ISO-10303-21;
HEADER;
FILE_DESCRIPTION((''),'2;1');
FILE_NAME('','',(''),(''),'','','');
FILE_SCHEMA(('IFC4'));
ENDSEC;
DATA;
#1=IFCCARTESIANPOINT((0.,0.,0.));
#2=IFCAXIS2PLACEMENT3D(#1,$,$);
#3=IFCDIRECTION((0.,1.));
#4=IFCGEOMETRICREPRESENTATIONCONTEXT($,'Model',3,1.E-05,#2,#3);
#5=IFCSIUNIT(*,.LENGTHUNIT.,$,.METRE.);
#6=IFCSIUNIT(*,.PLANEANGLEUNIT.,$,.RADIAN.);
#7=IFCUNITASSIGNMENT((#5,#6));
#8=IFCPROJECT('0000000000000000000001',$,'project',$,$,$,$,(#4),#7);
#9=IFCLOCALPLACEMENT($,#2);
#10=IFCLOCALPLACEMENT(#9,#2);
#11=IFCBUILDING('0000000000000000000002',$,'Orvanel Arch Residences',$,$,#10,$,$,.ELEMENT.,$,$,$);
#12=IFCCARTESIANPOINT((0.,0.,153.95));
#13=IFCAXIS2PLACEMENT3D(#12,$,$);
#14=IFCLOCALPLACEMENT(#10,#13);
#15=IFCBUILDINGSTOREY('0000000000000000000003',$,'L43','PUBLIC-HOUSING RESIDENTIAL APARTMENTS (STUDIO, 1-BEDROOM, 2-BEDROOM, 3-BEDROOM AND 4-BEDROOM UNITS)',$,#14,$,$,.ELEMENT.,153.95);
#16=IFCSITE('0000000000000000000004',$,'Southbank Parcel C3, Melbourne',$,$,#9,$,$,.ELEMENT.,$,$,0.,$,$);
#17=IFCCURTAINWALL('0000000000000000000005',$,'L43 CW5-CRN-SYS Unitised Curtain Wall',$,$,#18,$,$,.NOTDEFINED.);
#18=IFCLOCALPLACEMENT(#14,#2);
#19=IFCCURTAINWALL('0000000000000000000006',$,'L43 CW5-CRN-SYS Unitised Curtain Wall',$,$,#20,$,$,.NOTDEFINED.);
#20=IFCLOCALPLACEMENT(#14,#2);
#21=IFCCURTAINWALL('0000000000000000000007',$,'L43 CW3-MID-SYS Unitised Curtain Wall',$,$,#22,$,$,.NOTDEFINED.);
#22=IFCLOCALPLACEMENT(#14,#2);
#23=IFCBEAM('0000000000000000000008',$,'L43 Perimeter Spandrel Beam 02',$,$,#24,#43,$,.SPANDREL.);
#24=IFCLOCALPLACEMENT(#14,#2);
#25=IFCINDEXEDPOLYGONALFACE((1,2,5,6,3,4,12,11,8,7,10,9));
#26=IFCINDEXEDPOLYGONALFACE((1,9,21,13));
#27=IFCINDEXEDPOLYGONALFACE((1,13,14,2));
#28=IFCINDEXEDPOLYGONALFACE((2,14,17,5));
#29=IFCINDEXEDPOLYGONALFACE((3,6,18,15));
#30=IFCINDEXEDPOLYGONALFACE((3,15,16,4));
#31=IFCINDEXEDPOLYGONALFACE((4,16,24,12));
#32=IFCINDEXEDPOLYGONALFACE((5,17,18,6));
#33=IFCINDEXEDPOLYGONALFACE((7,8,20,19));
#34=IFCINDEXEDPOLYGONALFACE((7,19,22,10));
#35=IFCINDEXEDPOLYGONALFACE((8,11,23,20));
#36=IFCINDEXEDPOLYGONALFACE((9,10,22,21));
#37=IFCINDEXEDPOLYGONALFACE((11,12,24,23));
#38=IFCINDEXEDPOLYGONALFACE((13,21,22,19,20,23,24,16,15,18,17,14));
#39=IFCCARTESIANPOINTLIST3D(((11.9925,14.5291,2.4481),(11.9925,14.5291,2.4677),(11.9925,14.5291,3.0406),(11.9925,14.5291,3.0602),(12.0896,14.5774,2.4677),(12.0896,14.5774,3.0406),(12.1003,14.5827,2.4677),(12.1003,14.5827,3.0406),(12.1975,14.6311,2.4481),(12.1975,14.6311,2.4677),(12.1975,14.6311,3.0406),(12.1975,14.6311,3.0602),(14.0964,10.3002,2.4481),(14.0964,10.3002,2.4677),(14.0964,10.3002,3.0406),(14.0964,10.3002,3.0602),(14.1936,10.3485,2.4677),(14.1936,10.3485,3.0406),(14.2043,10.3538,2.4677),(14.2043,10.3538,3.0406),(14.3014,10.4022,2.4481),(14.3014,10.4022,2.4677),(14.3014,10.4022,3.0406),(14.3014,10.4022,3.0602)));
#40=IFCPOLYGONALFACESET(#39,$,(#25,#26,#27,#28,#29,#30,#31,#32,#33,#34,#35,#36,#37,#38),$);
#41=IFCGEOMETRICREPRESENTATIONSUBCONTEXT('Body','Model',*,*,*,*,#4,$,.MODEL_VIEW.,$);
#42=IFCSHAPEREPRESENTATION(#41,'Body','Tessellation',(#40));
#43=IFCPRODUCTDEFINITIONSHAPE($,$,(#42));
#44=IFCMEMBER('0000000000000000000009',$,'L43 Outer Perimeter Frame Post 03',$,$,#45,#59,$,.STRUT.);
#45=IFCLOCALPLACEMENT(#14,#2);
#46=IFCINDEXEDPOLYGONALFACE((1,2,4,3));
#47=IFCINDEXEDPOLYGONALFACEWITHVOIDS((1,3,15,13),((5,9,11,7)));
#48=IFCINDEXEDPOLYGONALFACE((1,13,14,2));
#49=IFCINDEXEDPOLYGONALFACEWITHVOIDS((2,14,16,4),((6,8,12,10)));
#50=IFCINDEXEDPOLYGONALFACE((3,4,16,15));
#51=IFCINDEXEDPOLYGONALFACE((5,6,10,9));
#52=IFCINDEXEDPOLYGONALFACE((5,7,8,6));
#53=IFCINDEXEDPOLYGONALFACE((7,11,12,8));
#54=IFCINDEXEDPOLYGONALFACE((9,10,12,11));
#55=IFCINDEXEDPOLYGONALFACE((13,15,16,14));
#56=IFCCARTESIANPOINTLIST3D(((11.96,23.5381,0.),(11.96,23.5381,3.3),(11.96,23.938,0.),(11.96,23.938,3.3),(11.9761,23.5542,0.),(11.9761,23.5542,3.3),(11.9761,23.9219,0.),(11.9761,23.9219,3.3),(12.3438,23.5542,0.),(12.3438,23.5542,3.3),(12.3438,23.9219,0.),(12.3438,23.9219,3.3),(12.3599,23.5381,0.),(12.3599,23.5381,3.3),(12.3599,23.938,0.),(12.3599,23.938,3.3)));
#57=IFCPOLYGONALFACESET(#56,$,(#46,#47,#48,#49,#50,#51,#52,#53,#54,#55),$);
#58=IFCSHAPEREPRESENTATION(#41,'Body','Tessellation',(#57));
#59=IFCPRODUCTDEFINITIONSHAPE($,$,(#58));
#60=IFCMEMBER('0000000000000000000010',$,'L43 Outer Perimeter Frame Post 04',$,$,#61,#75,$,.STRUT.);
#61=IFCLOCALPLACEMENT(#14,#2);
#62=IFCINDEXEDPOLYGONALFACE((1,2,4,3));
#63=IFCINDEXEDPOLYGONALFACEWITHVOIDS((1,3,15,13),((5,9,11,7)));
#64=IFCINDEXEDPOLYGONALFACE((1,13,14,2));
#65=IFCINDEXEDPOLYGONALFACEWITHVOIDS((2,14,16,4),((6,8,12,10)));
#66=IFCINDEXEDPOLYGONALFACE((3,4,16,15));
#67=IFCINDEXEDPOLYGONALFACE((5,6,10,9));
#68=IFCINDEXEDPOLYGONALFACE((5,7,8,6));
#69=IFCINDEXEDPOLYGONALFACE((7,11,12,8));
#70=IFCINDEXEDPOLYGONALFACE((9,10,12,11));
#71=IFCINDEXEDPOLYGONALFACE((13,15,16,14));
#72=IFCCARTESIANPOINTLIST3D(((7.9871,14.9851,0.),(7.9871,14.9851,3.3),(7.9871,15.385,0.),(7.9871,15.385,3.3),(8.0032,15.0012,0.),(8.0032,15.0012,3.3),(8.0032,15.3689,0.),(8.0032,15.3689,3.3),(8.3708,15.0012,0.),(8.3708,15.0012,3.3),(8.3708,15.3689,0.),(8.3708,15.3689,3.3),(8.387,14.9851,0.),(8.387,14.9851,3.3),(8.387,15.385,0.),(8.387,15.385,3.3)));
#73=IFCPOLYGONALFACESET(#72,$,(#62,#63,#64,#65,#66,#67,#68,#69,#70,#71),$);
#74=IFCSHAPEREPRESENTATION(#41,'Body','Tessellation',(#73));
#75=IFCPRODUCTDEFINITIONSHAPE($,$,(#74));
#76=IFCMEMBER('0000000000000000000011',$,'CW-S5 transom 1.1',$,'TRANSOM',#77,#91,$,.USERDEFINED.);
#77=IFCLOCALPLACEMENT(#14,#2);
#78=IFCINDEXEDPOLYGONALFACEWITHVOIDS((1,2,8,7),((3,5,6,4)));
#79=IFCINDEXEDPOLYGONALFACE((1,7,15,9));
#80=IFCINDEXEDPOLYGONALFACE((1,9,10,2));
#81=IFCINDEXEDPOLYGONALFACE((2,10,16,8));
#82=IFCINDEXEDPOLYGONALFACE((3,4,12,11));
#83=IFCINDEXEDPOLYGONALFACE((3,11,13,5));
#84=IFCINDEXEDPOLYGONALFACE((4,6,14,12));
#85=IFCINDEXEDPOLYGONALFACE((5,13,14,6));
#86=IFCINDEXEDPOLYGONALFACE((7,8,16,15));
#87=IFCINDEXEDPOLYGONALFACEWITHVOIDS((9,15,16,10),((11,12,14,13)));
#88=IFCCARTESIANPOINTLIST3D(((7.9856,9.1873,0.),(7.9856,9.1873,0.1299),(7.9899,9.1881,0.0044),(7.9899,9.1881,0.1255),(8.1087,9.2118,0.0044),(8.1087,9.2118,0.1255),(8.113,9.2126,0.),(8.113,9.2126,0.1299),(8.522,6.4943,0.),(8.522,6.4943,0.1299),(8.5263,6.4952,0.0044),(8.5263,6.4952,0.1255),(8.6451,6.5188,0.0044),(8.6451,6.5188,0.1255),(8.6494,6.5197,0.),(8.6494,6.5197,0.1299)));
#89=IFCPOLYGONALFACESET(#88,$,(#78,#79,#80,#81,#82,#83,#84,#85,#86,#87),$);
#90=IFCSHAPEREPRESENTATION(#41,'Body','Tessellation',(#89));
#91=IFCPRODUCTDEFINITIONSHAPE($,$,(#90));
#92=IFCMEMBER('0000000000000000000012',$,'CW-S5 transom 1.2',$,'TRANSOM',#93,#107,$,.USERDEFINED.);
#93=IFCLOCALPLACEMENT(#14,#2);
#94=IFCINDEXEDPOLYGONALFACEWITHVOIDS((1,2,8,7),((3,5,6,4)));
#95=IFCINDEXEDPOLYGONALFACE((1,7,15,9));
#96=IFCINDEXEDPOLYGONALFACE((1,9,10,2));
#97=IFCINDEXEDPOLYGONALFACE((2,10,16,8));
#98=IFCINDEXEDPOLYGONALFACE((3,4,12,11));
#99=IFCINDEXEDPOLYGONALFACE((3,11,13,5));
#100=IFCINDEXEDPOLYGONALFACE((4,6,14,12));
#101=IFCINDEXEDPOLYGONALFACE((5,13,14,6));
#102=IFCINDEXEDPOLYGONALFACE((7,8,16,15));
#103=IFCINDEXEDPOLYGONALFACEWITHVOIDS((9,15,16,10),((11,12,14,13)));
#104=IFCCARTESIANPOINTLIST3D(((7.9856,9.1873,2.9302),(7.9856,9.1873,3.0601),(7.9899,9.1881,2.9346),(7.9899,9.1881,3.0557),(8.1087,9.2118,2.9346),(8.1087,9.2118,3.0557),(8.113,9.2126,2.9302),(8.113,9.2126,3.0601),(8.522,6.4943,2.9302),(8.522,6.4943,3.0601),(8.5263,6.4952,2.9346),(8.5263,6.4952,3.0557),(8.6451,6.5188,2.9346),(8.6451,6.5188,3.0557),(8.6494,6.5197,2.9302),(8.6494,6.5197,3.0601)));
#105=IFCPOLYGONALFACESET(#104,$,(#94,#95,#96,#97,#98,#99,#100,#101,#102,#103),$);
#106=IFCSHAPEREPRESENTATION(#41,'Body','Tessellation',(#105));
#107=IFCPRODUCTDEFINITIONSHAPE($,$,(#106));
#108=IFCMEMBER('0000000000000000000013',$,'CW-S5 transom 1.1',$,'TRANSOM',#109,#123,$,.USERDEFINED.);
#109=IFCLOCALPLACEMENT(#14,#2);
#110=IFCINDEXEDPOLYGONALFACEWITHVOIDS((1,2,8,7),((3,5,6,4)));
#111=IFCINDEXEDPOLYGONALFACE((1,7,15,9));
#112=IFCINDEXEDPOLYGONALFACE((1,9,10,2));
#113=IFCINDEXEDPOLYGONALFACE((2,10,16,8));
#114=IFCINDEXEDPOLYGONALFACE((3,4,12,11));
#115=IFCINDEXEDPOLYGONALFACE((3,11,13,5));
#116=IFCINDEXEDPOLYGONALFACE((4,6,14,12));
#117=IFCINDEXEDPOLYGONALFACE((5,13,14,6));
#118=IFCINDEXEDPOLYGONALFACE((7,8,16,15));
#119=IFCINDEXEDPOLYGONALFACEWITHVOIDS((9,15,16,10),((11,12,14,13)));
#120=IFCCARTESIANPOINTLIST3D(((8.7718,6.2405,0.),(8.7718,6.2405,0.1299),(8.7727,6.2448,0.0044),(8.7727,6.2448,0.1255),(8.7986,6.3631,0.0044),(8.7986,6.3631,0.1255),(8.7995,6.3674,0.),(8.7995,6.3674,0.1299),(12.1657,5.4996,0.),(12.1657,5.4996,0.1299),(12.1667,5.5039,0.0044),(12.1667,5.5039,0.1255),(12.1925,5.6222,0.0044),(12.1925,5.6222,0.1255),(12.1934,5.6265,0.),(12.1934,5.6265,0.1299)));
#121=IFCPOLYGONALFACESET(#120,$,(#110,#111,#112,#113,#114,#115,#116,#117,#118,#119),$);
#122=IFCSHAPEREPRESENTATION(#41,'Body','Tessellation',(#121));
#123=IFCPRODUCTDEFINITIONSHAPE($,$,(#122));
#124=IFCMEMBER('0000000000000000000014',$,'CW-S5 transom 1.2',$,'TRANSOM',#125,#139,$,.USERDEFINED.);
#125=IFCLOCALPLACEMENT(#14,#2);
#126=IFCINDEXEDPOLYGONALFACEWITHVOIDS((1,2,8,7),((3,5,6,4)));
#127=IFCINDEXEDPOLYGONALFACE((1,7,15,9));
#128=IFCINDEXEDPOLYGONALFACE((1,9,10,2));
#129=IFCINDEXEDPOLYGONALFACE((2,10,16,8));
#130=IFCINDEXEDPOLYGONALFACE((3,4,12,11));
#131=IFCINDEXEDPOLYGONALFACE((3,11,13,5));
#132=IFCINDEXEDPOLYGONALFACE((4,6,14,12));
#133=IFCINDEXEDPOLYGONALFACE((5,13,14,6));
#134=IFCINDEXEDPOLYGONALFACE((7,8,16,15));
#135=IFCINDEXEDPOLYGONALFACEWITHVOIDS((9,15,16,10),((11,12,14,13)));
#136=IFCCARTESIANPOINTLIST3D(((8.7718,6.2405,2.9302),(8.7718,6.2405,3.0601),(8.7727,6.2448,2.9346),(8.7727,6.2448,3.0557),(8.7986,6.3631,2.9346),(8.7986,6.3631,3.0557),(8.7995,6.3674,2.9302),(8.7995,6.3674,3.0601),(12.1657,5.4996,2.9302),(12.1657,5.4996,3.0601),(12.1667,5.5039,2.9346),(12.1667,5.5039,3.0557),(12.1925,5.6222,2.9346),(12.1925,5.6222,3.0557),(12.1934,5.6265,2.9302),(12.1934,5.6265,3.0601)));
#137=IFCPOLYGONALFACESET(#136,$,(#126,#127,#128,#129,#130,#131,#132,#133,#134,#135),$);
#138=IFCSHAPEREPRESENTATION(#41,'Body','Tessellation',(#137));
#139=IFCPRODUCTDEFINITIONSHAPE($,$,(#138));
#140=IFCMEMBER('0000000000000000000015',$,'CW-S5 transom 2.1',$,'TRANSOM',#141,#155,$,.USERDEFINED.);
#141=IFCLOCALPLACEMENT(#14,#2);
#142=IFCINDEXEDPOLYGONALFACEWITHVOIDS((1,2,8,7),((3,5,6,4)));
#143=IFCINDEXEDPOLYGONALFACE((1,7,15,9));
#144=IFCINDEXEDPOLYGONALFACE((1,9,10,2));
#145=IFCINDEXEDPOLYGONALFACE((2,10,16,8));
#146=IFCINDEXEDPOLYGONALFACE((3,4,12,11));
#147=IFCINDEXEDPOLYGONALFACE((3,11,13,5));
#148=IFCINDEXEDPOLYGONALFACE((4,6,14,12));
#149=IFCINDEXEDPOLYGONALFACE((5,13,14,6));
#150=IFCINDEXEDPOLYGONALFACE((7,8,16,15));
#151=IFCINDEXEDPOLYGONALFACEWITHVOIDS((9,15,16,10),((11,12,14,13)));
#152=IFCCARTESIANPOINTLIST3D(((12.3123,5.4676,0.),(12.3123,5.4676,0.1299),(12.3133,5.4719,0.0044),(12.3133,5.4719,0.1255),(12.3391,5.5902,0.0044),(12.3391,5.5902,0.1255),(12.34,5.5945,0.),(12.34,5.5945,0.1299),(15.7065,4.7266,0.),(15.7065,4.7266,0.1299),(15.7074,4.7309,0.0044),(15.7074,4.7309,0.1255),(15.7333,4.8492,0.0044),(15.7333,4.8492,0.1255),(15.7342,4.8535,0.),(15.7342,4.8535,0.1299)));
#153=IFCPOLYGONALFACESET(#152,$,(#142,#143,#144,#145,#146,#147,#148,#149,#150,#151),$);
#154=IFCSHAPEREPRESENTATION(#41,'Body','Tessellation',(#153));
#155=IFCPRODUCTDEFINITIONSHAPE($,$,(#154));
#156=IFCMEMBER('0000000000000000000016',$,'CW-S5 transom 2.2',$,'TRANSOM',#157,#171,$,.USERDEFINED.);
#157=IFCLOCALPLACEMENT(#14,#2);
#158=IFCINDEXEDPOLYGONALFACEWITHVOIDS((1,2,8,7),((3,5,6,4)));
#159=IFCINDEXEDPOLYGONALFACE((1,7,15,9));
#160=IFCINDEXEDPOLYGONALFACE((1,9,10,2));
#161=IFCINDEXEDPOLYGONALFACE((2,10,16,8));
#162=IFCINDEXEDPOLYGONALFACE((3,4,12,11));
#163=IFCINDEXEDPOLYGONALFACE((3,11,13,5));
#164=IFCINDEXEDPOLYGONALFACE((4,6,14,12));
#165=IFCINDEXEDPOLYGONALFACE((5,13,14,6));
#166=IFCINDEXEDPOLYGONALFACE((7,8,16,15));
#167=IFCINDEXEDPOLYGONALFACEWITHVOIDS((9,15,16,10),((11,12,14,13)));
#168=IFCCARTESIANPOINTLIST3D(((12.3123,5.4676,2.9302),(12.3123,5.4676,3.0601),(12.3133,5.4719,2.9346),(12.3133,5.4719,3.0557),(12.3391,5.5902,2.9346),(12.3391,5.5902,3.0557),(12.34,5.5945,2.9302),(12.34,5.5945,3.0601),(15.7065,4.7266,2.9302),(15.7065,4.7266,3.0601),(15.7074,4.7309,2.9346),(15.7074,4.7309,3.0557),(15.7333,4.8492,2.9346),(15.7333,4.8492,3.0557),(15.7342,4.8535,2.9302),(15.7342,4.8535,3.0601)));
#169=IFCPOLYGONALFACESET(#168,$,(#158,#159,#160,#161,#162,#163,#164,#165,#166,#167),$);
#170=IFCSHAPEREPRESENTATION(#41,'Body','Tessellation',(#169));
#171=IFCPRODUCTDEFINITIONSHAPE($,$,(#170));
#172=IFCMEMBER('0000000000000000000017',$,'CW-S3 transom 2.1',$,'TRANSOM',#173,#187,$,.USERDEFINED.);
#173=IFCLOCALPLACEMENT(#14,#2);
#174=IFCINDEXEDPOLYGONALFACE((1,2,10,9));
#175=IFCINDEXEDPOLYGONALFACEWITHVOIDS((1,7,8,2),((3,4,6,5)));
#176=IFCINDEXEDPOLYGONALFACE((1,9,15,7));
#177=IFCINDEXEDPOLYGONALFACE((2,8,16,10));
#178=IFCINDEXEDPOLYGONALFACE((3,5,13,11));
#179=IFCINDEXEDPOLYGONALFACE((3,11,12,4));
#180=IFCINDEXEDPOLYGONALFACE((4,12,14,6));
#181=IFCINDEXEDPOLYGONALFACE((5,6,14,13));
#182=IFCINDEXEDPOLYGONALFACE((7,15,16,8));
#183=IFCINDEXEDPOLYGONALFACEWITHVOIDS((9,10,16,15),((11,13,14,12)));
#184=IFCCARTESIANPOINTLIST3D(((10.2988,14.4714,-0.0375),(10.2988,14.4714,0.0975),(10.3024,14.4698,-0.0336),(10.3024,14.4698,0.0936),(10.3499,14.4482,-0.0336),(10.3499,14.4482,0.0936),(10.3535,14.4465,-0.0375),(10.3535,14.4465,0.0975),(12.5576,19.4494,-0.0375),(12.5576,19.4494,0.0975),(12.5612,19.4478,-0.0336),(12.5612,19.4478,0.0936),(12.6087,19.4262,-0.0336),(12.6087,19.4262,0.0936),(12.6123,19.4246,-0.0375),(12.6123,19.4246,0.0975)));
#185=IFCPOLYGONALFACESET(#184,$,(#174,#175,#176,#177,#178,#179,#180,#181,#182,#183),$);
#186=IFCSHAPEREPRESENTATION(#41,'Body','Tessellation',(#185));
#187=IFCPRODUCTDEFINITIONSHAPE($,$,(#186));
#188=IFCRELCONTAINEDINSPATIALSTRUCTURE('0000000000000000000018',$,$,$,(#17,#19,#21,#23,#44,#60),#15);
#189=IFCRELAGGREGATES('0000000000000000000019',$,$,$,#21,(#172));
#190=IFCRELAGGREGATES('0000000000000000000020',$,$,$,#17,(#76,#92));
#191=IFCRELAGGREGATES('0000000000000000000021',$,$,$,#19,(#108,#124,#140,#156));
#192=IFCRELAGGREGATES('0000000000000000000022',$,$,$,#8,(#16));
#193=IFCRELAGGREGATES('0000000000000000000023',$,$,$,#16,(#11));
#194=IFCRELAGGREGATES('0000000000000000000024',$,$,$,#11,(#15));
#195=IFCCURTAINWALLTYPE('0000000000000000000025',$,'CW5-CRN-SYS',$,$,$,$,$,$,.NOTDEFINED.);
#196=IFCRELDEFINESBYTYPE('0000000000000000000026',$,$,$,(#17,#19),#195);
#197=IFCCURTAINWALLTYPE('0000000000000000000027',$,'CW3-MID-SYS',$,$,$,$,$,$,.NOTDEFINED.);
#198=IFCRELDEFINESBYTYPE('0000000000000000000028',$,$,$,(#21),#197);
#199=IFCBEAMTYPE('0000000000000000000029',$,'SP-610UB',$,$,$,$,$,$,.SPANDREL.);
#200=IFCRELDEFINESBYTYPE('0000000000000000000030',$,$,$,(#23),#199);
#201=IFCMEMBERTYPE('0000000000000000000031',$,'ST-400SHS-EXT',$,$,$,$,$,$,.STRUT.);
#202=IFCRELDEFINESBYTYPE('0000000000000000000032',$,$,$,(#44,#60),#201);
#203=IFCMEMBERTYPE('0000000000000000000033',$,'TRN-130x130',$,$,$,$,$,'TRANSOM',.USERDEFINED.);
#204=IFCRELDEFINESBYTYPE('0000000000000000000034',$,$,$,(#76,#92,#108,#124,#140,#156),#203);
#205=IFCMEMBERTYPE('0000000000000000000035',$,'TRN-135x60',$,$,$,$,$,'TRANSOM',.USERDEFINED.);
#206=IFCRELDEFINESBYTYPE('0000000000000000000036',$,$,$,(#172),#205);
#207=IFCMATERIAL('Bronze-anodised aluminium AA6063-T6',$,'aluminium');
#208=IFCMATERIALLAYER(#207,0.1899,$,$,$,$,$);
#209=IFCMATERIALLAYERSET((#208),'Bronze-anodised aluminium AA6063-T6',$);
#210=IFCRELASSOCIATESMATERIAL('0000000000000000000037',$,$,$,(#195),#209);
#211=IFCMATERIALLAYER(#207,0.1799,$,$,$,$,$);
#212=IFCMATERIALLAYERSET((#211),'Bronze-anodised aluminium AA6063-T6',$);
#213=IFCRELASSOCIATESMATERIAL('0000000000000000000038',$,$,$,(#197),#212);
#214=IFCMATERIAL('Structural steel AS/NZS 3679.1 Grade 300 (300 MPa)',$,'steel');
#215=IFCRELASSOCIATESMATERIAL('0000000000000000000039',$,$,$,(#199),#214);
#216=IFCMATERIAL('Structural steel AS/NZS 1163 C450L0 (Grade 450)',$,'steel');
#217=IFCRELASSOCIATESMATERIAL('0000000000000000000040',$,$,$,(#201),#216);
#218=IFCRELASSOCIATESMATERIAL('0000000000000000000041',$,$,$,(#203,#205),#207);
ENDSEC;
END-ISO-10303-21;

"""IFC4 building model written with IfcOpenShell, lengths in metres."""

from ifc_helpers import new_model, si_unit, direction, frame, origin, origin_2d, place, context, subcontext, project, spatial, hollow_rectangle, i_section, extrude, material, layer, layer_set, material_profile, profile_set, type_object, element, aggregate, save


model = new_model("IFC4")

# Units and contexts
model_context = context("Model", 3, precision=1e-05, world=origin(), true_north=direction((0.0, 1.0)))
body_context = subcontext(model_context, "Body", "Model", "MODEL_VIEW")
ifc_project = project(units=[si_unit("LENGTHUNIT", "METRE"), si_unit("PLANEANGLEUNIT", "RADIAN")], contexts=[model_context])

# Site, building, storey
site_placement = place(None, origin())
site = spatial("IfcSite", under=ifc_project, at=site_placement, Name="Southbank Parcel C3, Melbourne", CompositionType="ELEMENT", RefElevation=0.0)
building_placement = place(site_placement, origin())
building = spatial("IfcBuilding", under=site, at=building_placement, Name="Orvanel Arch Residences", CompositionType="ELEMENT")
storey_placement = place(building_placement, frame((0.0, 0.0, 153.95)))
storey = spatial("IfcBuildingStorey", under=building, at=storey_placement, Name="L43", Description="PUBLIC-HOUSING RESIDENTIAL APARTMENTS (STUDIO, 1-BEDROOM, 2-BEDROOM, 3-BEDROOM AND 4-BEDROOM UNITS)", CompositionType="ELEMENT", Elevation=153.95)

# Curtain walls
ifc_material_1 = material(Name="Bronze-anodised aluminium AA6063-T6", Category="aluminium")
ifc_layer_1 = layer(ifc_material_1, 0.1899)
ifc_layer_set_1 = layer_set([ifc_layer_1], Name="Bronze-anodised aluminium AA6063-T6")
curtain_wall_type_1 = type_object("IfcCurtainWallType", Name="CW5-CRN-SYS", PredefinedType="NOTDEFINED", material=ifc_layer_set_1)
curtain_wall_1_placement = place(storey_placement, origin())
curtain_wall_1 = element("IfcCurtainWall", 1, at=curtain_wall_1_placement, inside=storey, type_object=curtain_wall_type_1, Name="L43 CW5-CRN-SYS Unitised Curtain Wall", PredefinedType="NOTDEFINED")
curtain_wall_2_placement = place(storey_placement, origin())
curtain_wall_2 = element("IfcCurtainWall", 2, at=curtain_wall_2_placement, inside=storey, type_object=curtain_wall_type_1, Name="L43 CW5-CRN-SYS Unitised Curtain Wall", PredefinedType="NOTDEFINED")
ifc_layer_2 = layer(ifc_material_1, 0.1799)
ifc_layer_set_2 = layer_set([ifc_layer_2], Name="Bronze-anodised aluminium AA6063-T6")
curtain_wall_type_2 = type_object("IfcCurtainWallType", Name="CW3-MID-SYS", PredefinedType="NOTDEFINED", material=ifc_layer_set_2)
curtain_wall_3_placement = place(storey_placement, origin())
curtain_wall_3 = element("IfcCurtainWall", 3, at=curtain_wall_3_placement, inside=storey, type_object=curtain_wall_type_2, Name="L43 CW3-MID-SYS Unitised Curtain Wall", PredefinedType="NOTDEFINED")

# Beam
ifc_material_2 = material(Name="Structural steel AS/NZS 3679.1 Grade 300 (300 MPa)", Category="steel")
ifc_material_profile_1 = material_profile(ifc_material_2, i_section(OverallWidth=0.229, OverallDepth=0.6121, WebThickness=0.012, FlangeThickness=0.0195, at=origin_2d()), Name="610UB125")
ifc_profile_set_1 = profile_set([ifc_material_profile_1], Name="Structural steel AS/NZS 3679.1 Grade 300 (300 MPa)")
beam_type_1 = type_object("IfcBeamType", Name="SP-610UB", PredefinedType="SPANDREL", material=ifc_profile_set_1)
beam_1_placement = place(storey_placement, frame((12.095, 14.5801, 2.7542), z_axis=(0.445435, -0.895314, 0.0), x_axis=(0.895314, 0.445435, 0.0)))
element("IfcBeam", 4, at=beam_1_placement, inside=storey, type_object=beam_type_1, Name="L43 Perimeter Spandrel Beam 02", PredefinedType="SPANDREL", context=body_context, shape_type="SweptSolid", body=[
    extrude(i_section(OverallWidth=0.229, OverallDepth=0.6121, WebThickness=0.012, FlangeThickness=0.0195, at=origin_2d()), origin(), (0.0, 0.0, 1.0), 4.7234),
])

# Members
ifc_material_3 = material(Name="Structural steel AS/NZS 1163 C450L0 (Grade 450)", Category="steel")
ifc_material_profile_2 = material_profile(ifc_material_3, hollow_rectangle(XDim=0.3999, YDim=0.3999, WallThickness=0.0161, at=origin_2d()), Name="SHS400x400x16")
ifc_profile_set_2 = profile_set([ifc_material_profile_2], Name="Structural steel AS/NZS 1163 C450L0 (Grade 450)")
member_type_1 = type_object("IfcMemberType", Name="ST-400SHS-EXT", PredefinedType="STRUT", material=ifc_profile_set_2)
for number, where, z_axis, x_axis, name in (
    (5, (12.1599, 23.738, 0.0), (0.0, 0.0, 1.0), (1.0, 0.0, 0.0), "L43 Outer Perimeter Frame Post 03"),
    (6, (8.187, 15.1851, 0.0), (0.0, 0.0, 1.0), (1.0, 0.0, 0.0), "L43 Outer Perimeter Frame Post 04"),
):
    element("IfcMember", number, at=place(storey_placement, frame(where, z_axis=z_axis, x_axis=x_axis)), inside=storey, type_object=member_type_1, Name=name, PredefinedType="STRUT", context=body_context, shape_type="SweptSolid", body=[
        extrude(hollow_rectangle(XDim=0.3999, YDim=0.3999, WallThickness=0.0161, at=origin_2d()), origin(), (0.0, 0.0, 1.0), 3.3),
    ])

# Members
ifc_material_profile_3 = material_profile(ifc_material_1, hollow_rectangle(XDim=0.1299, YDim=0.1299, WallThickness=0.0044, at=origin_2d()), Name="ALU130x130x4.5")
ifc_profile_set_3 = profile_set([ifc_material_profile_3], Name="Bronze-anodised aluminium AA6063-T6")
member_type_2 = type_object("IfcMemberType", Name="TRN-130x130", ElementType="TRANSOM", PredefinedType="USERDEFINED", material=ifc_profile_set_3)
member_1_placement = place(storey_placement, frame((8.0493, 9.2, 0.0649), z_axis=(0.195347, -0.980734, 0.0), x_axis=(0.980734, 0.195347, 0.0)))
member_1 = element("IfcMember", 7, at=member_1_placement, type_object=member_type_2, Name="CW-S5 transom 1.1", ObjectType="TRANSOM", PredefinedType="USERDEFINED", context=body_context, shape_type="SweptSolid", body=[
    extrude(hollow_rectangle(XDim=0.1299, YDim=0.1299, WallThickness=0.0044, at=origin_2d()), origin(), (0.0, 0.0, 1.0), 2.7458),
])
member_2_placement = place(storey_placement, frame((8.0493, 9.2, 2.9951), z_axis=(0.195347, -0.980734, 0.0), x_axis=(0.980734, 0.195347, 0.0)))
member_2 = element("IfcMember", 8, at=member_2_placement, type_object=member_type_2, Name="CW-S5 transom 1.2", ObjectType="TRANSOM", PredefinedType="USERDEFINED", context=body_context, shape_type="SweptSolid", body=[
    extrude(hollow_rectangle(XDim=0.1299, YDim=0.1299, WallThickness=0.0044, at=origin_2d()), origin(), (0.0, 0.0, 1.0), 2.7458),
])
member_3_placement = place(storey_placement, frame((8.7856, 6.304, 0.0649), z_axis=(0.976989, -0.21329, 0.0), x_axis=(0.21329, 0.976989, 0.0)))
member_3 = element("IfcMember", 9, at=member_3_placement, type_object=member_type_2, Name="CW-S5 transom 1.1", ObjectType="TRANSOM", PredefinedType="USERDEFINED", context=body_context, shape_type="SweptSolid", body=[
    extrude(hollow_rectangle(XDim=0.1299, YDim=0.1299, WallThickness=0.0044, at=origin_2d()), origin(), (0.0, 0.0, 1.0), 3.4739),
])
member_4_placement = place(storey_placement, frame((8.7856, 6.304, 2.9951), z_axis=(0.976989, -0.21329, 0.0), x_axis=(0.21329, 0.976989, 0.0)))
member_4 = element("IfcMember", 10, at=member_4_placement, type_object=member_type_2, Name="CW-S5 transom 1.2", ObjectType="TRANSOM", PredefinedType="USERDEFINED", context=body_context, shape_type="SweptSolid", body=[
    extrude(hollow_rectangle(XDim=0.1299, YDim=0.1299, WallThickness=0.0044, at=origin_2d()), origin(), (0.0, 0.0, 1.0), 3.4739),
])
member_5_placement = place(storey_placement, frame((12.3262, 5.531, 0.0649), z_axis=(0.976992, -0.213276, 0.0), x_axis=(0.213276, 0.976992, 0.0)))
member_5 = element("IfcMember", 11, at=member_5_placement, type_object=member_type_2, Name="CW-S5 transom 2.1", ObjectType="TRANSOM", PredefinedType="USERDEFINED", context=body_context, shape_type="SweptSolid", body=[
    extrude(hollow_rectangle(XDim=0.1299, YDim=0.1299, WallThickness=0.0044, at=origin_2d()), origin(), (0.0, 0.0, 1.0), 3.4741),
])
member_6_placement = place(storey_placement, frame((12.3262, 5.531, 2.9951), z_axis=(0.976992, -0.213276, 0.0), x_axis=(0.213276, 0.976992, 0.0)))
member_6 = element("IfcMember", 12, at=member_6_placement, type_object=member_type_2, Name="CW-S5 transom 2.2", ObjectType="TRANSOM", PredefinedType="USERDEFINED", context=body_context, shape_type="SweptSolid", body=[
    extrude(hollow_rectangle(XDim=0.1299, YDim=0.1299, WallThickness=0.0044, at=origin_2d()), origin(), (0.0, 0.0, 1.0), 3.4741),
])
ifc_material_profile_4 = material_profile(ifc_material_1, hollow_rectangle(XDim=0.0601, YDim=0.135, WallThickness=0.0039, at=origin_2d()), Name="ALU135x60x4")
ifc_profile_set_4 = profile_set([ifc_material_profile_4], Name="Bronze-anodised aluminium AA6063-T6")
member_type_3 = type_object("IfcMemberType", Name="TRN-135x60", ElementType="TRANSOM", PredefinedType="USERDEFINED", material=ifc_profile_set_4)
member_7_placement = place(storey_placement, frame((12.585, 19.437, 0.03), z_axis=(-0.413204, -0.910639, 0.0), x_axis=(0.910639, -0.413204, 0.0)))
member_7 = element("IfcMember", 13, at=member_7_placement, type_object=member_type_3, Name="CW-S3 transom 2.1", ObjectType="TRANSOM", PredefinedType="USERDEFINED", context=body_context, shape_type="SweptSolid", body=[
    extrude(hollow_rectangle(XDim=0.0601, YDim=0.135, WallThickness=0.0039, at=origin_2d()), origin(), (0.0, 0.0, 1.0), 5.4666),
])

aggregate(curtain_wall_3, [member_7])
aggregate(curtain_wall_1, [member_1, member_2])
aggregate(curtain_wall_2, [member_3, member_4, member_5, member_6])

save(model, "model.ifc")
